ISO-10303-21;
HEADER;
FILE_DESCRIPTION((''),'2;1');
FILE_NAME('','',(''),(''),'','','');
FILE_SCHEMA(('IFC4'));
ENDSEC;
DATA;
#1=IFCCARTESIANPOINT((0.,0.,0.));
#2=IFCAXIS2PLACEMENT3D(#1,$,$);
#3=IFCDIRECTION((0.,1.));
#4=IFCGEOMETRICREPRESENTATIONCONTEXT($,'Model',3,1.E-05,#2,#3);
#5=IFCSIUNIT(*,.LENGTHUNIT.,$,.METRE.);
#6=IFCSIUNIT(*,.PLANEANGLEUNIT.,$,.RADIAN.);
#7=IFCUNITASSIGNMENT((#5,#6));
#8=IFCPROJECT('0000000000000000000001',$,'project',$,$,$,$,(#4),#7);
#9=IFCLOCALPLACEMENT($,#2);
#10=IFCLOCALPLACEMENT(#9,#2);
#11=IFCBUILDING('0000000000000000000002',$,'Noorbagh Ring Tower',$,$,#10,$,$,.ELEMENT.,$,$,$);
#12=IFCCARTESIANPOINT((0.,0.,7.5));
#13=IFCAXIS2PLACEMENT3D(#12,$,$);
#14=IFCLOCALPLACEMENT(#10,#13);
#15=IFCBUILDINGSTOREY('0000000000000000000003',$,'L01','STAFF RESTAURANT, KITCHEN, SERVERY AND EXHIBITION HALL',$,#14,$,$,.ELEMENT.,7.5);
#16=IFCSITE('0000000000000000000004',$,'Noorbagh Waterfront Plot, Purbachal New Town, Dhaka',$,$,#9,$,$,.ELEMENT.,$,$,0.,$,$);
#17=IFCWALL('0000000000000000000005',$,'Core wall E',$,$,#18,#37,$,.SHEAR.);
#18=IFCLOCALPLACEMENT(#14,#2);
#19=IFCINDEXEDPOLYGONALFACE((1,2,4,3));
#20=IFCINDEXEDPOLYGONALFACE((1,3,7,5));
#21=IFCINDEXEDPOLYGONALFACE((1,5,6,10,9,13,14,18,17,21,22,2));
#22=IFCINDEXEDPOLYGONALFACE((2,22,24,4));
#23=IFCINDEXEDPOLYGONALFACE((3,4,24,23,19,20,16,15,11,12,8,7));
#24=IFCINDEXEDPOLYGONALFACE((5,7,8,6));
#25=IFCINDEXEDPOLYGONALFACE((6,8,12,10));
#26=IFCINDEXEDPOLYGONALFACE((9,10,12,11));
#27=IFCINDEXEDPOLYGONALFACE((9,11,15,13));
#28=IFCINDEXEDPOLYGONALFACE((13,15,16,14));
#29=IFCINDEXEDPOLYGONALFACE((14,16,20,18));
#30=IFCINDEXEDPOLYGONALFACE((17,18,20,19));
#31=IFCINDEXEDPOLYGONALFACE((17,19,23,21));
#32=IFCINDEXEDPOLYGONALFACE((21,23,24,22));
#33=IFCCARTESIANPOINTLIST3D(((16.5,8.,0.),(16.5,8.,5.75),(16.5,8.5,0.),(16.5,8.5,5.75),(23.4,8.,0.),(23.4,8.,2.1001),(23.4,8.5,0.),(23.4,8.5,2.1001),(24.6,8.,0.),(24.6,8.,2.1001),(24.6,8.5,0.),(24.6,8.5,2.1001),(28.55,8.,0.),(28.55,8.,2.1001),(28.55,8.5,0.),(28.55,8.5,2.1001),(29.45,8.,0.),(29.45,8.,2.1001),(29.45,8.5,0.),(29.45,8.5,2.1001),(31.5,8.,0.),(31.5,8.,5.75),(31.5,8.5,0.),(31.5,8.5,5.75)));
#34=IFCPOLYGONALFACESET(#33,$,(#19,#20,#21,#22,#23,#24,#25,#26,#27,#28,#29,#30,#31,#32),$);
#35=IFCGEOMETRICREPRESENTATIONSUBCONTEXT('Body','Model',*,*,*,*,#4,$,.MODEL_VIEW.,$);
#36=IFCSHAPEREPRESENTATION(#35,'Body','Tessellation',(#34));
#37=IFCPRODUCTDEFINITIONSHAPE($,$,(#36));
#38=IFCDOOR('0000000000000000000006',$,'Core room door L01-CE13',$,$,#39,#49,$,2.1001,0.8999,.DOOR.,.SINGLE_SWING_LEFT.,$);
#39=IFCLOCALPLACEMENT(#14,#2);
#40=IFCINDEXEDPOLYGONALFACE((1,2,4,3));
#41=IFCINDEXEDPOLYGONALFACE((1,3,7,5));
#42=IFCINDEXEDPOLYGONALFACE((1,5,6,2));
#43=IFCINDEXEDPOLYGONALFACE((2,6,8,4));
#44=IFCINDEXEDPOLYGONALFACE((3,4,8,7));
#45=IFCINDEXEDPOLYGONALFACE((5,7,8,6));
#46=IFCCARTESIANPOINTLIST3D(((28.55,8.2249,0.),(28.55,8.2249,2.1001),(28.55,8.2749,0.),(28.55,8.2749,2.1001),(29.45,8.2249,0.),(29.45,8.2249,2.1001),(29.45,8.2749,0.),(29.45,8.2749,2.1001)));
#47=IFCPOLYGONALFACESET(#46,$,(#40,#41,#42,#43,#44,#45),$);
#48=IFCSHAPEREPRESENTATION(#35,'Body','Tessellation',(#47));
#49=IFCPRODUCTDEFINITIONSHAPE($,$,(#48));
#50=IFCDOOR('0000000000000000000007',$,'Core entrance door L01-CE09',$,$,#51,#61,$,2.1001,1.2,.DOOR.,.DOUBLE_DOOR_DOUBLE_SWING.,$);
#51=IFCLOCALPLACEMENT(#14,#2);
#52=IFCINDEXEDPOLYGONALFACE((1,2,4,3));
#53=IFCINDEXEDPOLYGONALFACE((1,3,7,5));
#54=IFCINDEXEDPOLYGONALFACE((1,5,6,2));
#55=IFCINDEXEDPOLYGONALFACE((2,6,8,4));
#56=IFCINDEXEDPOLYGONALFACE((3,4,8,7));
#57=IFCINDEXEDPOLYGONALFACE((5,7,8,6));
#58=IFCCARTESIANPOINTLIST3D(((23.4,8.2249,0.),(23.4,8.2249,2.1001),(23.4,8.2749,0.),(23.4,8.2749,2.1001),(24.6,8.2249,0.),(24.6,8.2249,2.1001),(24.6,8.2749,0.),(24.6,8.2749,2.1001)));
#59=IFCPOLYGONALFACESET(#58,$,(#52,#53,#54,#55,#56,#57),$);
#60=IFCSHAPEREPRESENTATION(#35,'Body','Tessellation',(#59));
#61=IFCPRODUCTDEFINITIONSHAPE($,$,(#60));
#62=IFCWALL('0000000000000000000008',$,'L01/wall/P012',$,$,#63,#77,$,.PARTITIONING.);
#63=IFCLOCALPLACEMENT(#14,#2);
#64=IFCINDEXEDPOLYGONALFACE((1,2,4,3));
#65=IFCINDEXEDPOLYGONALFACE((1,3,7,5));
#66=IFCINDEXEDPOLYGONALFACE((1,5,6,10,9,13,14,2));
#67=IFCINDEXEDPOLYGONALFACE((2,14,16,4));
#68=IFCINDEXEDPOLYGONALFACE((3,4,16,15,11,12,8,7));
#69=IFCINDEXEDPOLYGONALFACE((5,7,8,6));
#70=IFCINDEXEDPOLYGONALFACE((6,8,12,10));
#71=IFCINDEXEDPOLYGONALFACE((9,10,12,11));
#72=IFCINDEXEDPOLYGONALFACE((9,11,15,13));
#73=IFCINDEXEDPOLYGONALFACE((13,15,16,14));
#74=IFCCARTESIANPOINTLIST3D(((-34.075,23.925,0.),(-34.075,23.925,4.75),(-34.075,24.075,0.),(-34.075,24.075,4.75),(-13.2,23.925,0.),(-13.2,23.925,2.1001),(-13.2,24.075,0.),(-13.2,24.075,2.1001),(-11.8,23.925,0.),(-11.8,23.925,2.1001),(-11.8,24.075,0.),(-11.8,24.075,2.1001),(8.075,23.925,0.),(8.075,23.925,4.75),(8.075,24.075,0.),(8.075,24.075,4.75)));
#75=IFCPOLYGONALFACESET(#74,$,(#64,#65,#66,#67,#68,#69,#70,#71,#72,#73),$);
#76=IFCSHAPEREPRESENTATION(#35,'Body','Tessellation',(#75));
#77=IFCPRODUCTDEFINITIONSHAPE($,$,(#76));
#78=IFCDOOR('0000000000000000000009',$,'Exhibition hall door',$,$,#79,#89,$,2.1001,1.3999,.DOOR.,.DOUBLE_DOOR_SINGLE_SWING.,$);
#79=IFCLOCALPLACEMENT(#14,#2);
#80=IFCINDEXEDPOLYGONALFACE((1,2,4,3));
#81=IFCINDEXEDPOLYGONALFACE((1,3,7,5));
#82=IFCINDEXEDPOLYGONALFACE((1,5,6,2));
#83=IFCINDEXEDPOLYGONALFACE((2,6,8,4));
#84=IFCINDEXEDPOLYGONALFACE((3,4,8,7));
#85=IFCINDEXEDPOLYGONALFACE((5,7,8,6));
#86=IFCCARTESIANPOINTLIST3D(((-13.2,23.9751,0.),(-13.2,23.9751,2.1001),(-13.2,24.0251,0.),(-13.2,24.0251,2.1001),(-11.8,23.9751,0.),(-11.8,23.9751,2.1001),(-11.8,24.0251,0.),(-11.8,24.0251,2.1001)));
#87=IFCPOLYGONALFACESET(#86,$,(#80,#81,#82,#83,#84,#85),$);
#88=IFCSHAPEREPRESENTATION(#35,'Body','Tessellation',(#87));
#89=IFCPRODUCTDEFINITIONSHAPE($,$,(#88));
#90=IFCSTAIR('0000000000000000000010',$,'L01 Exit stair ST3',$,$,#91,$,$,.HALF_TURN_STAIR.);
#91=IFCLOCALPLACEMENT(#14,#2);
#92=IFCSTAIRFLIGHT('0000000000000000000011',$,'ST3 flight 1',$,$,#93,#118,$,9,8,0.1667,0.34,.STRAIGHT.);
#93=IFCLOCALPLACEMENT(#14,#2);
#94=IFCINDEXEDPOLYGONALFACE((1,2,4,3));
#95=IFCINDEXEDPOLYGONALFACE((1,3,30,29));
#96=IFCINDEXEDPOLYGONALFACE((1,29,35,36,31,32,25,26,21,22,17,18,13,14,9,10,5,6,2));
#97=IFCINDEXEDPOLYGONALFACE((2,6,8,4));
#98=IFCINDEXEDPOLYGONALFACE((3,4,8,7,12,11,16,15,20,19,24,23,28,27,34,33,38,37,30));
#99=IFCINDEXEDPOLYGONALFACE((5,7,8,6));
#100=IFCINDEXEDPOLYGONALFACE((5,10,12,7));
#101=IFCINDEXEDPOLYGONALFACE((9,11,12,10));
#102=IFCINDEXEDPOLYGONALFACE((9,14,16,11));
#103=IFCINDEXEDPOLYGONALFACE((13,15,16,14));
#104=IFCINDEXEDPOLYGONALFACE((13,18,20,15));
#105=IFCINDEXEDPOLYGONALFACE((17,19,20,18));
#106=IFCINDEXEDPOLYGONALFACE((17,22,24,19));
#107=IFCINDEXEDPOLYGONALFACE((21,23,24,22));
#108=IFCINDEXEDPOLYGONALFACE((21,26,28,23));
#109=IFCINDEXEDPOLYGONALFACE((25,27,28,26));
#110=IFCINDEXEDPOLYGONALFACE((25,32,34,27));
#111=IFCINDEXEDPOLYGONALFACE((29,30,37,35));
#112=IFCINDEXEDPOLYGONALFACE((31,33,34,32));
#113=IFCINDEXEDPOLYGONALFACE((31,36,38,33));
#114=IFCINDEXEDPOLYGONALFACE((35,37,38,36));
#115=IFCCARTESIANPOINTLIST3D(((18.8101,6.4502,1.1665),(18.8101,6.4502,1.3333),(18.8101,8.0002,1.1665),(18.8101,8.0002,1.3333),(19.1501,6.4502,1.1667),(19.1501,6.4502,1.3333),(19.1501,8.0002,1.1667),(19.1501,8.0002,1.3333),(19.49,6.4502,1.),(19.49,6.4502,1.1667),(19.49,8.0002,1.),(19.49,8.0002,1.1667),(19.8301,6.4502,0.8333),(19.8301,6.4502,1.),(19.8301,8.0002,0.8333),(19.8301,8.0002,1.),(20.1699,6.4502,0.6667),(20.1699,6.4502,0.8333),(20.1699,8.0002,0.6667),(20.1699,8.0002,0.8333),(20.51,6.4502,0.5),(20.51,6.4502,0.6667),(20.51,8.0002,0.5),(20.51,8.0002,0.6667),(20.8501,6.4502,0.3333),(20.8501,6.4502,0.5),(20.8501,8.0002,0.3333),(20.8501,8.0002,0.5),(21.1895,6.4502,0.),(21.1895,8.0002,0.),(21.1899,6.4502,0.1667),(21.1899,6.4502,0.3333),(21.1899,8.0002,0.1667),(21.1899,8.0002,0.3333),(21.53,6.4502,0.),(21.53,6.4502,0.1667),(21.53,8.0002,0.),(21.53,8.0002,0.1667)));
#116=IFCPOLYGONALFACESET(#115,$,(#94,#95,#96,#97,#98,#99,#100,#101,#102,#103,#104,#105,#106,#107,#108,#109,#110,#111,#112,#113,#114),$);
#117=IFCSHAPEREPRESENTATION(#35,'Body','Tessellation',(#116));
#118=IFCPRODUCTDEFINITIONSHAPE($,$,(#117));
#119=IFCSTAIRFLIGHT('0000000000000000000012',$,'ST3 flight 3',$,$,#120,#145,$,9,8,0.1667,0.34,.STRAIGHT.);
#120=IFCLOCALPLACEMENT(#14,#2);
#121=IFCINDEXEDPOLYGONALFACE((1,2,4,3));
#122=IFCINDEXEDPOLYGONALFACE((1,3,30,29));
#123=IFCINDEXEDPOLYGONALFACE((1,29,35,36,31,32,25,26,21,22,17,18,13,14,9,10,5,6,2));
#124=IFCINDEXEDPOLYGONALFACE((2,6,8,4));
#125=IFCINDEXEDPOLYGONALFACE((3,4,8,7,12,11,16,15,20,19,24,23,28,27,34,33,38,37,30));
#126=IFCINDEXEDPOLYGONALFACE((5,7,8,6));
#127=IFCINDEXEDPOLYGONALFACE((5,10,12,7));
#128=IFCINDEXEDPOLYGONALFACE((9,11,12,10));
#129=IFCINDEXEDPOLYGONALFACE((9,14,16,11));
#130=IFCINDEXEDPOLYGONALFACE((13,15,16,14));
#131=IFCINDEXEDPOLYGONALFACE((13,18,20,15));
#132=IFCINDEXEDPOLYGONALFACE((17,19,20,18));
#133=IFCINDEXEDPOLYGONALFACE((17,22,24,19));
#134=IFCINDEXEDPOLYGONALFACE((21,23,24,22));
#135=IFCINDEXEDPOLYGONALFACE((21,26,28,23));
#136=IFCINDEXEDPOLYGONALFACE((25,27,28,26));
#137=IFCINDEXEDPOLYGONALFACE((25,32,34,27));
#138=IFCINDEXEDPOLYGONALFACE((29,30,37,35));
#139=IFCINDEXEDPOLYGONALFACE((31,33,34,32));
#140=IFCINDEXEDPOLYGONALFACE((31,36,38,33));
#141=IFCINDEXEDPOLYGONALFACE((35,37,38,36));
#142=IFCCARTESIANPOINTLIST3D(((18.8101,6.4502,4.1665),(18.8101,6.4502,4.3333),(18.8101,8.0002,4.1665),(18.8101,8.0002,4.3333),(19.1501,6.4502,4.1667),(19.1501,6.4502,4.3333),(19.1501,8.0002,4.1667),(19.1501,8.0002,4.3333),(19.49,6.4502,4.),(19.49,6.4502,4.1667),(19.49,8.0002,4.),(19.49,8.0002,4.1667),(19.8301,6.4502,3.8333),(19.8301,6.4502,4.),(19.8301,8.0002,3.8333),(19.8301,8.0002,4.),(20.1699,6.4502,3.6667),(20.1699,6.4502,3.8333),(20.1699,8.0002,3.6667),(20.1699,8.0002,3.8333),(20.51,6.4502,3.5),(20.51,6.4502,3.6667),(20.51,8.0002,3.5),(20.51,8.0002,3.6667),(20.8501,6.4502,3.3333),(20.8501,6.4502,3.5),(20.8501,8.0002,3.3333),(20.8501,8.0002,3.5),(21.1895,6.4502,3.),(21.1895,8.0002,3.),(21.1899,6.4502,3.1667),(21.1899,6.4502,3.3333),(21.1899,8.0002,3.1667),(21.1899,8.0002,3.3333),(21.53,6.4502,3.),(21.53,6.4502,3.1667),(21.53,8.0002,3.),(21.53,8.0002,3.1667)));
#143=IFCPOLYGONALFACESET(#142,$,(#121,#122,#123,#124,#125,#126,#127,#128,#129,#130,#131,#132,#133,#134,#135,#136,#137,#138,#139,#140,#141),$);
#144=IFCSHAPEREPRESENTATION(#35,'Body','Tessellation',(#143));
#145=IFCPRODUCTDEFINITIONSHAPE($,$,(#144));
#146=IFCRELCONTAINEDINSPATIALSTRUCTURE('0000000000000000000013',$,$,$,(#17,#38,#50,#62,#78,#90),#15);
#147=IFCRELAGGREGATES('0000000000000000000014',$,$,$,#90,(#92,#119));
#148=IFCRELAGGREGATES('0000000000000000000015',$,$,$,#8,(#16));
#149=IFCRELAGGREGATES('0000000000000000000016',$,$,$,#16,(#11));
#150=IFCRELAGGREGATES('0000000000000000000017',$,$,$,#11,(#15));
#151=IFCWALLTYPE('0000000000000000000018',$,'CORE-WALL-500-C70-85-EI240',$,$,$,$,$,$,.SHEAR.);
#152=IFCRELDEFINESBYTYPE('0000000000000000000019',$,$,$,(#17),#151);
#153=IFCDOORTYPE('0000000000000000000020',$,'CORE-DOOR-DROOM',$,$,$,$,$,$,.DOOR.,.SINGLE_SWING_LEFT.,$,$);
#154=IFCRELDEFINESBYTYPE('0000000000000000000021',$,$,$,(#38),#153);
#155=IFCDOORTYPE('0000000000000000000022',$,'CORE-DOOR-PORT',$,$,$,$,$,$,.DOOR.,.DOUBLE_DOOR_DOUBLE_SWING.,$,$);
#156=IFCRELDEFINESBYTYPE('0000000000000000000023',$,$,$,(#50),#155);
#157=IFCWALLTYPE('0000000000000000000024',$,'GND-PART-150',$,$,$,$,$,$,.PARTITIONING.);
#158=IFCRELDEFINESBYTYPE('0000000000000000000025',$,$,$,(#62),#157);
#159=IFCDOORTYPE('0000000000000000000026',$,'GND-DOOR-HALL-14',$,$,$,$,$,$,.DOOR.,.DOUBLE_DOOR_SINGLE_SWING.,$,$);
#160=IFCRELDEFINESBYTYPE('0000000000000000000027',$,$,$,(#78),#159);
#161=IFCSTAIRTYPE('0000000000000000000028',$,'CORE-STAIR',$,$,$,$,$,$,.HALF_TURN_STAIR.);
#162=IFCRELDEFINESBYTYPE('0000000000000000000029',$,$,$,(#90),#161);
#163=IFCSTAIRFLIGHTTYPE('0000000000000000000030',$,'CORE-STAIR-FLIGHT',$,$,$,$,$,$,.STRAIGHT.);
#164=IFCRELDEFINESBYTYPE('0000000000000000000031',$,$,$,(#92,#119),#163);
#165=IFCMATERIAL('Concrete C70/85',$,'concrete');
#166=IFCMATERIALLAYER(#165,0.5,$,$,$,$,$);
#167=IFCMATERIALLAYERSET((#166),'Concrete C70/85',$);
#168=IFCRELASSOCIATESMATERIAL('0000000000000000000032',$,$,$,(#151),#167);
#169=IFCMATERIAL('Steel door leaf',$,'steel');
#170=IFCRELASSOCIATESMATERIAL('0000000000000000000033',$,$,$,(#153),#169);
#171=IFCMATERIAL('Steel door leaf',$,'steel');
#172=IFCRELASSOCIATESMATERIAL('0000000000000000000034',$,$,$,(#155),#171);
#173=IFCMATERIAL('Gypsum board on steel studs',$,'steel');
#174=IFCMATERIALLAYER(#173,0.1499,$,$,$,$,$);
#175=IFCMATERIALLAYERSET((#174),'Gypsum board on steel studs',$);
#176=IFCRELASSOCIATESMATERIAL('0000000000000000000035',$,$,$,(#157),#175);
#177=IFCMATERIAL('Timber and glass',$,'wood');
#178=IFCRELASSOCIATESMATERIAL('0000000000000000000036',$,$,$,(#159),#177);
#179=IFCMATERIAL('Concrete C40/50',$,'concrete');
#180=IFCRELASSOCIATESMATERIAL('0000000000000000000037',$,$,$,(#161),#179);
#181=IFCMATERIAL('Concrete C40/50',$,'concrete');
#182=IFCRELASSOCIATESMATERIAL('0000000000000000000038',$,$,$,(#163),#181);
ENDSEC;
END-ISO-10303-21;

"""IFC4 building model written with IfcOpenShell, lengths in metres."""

from ifc_helpers import new_model, si_unit, direction, frame, frame_2d, origin, place, context, subcontext, project, spatial, polyline, rectangle, outline, extrude, material, layer, layer_set, type_object, element, fill, aggregate, save


model = new_model("IFC4")

# Units and contexts
model_context = context("Model", 3, precision=1e-05, world=origin(), true_north=direction((0.0, 1.0)))
body_context = subcontext(model_context, "Body", "Model", "MODEL_VIEW")
ifc_project = project(units=[si_unit("LENGTHUNIT", "METRE"), si_unit("PLANEANGLEUNIT", "RADIAN")], contexts=[model_context])

# Site, building, storey
site_placement = place(None, origin())
site = spatial("IfcSite", under=ifc_project, at=site_placement, Name="Noorbagh Waterfront Plot, Purbachal New Town, Dhaka", CompositionType="ELEMENT", RefElevation=0.0)
building_placement = place(site_placement, origin())
building = spatial("IfcBuilding", under=site, at=building_placement, Name="Noorbagh Ring Tower", CompositionType="ELEMENT")
storey_placement = place(building_placement, frame((0.0, 0.0, 7.5)))
storey = spatial("IfcBuildingStorey", under=building, at=storey_placement, Name="L01", Description="STAFF RESTAURANT, KITCHEN, SERVERY AND EXHIBITION HALL", CompositionType="ELEMENT", Elevation=7.5)

# Wall, openings, doors
ifc_material_1 = material(Name="Concrete C70/85", Category="concrete")
ifc_layer_1 = layer(ifc_material_1, 0.5)
ifc_layer_set_1 = layer_set([ifc_layer_1], Name="Concrete C70/85")
wall_type_1 = type_object("IfcWallType", Name="CORE-WALL-500-C70-85-EI240", PredefinedType="SHEAR", material=ifc_layer_set_1)
wall_1_placement = place(storey_placement, frame((16.5, 8.25, 0.0), z_axis=(0.0, 0.0, 1.0), x_axis=(1.0, 0.0, 0.0)))
wall_1 = element("IfcWall", 1, at=wall_1_placement, inside=storey, type_object=wall_type_1, Name="Core wall E", PredefinedType="SHEAR", context=body_context, shape_type="SweptSolid", body=[
    extrude(rectangle(XDim=15.0, YDim=0.5, at=frame_2d((7.5, 0.0))), origin(), (0.0, 0.0, 1.0), 5.75),
])
opening_1_placement = place(wall_1_placement, frame((6.8999, 0.0, 0.0)))
opening_1 = element("IfcOpeningElement", 2, at=opening_1_placement, cuts=wall_1, PredefinedType="OPENING", context=body_context, shape_type="SweptSolid", body=[
    extrude(rectangle(XDim=1.2, YDim=2.1001, at=frame_2d((0.6001, 1.05))), frame((0.0, 0.26, 0.0), z_axis=(0.0, -1.0, 0.0), x_axis=(1.0, 0.0, 0.0)), (0.0, 0.0, 1.0), 0.52),
])
opening_2_placement = place(wall_1_placement, frame((12.05, 0.0, 0.0)))
opening_2 = element("IfcOpeningElement", 3, at=opening_2_placement, cuts=wall_1, PredefinedType="OPENING", context=body_context, shape_type="SweptSolid", body=[
    extrude(rectangle(XDim=0.8999, YDim=2.1001, at=frame_2d((0.45, 1.05))), frame((0.0, 0.26, 0.0), z_axis=(0.0, -1.0, 0.0), x_axis=(1.0, 0.0, 0.0)), (0.0, 0.0, 1.0), 0.52),
])
ifc_material_2 = material(Name="Steel door leaf", Category="steel")
door_type_1 = type_object("IfcDoorType", Name="CORE-DOOR-DROOM", OperationType="SINGLE_SWING_LEFT", PredefinedType="DOOR", material=ifc_material_2)
door_1_placement = place(opening_2_placement, origin())
door_1 = element("IfcDoor", 4, at=door_1_placement, inside=storey, type_object=door_type_1, Name="Core room door L01-CE13", OperationType="SINGLE_SWING_LEFT", OverallHeight=2.1001, OverallWidth=0.8999, PredefinedType="DOOR", context=body_context, shape_type="SweptSolid", body=[
    extrude(rectangle(XDim=0.8999, YDim=2.1001, at=frame_2d((0.45, 1.05))), frame((0.0, 0.0249, 0.0), z_axis=(0.0, -1.0, 0.0), x_axis=(1.0, 0.0, 0.0)), (0.0, 0.0, 1.0), 0.05),
])
fill(opening_2, door_1)
ifc_material_3 = material(Name="Steel door leaf", Category="steel")
door_type_2 = type_object("IfcDoorType", Name="CORE-DOOR-PORT", OperationType="DOUBLE_DOOR_DOUBLE_SWING", PredefinedType="DOOR", material=ifc_material_3)
door_2_placement = place(opening_1_placement, origin())
door_2 = element("IfcDoor", 5, at=door_2_placement, inside=storey, type_object=door_type_2, Name="Core entrance door L01-CE09", OperationType="DOUBLE_DOOR_DOUBLE_SWING", OverallHeight=2.1001, OverallWidth=1.2, PredefinedType="DOOR", context=body_context, shape_type="SweptSolid", body=[
    extrude(rectangle(XDim=1.2, YDim=2.1001, at=frame_2d((0.6001, 1.05))), frame((0.0, 0.0249, 0.0), z_axis=(0.0, -1.0, 0.0), x_axis=(1.0, 0.0, 0.0)), (0.0, 0.0, 1.0), 0.05),
])
fill(opening_1, door_2)

# Wall, opening, door
ifc_material_4 = material(Name="Gypsum board on steel studs", Category="steel")
ifc_layer_2 = layer(ifc_material_4, 0.1499)
ifc_layer_set_2 = layer_set([ifc_layer_2], Name="Gypsum board on steel studs")
wall_type_2 = type_object("IfcWallType", Name="GND-PART-150", PredefinedType="PARTITIONING", material=ifc_layer_set_2)
wall_2_placement = place(storey_placement, frame((8.075, 24.0, 0.0), z_axis=(0.0, 0.0, 1.0), x_axis=(-1.0, 0.0, 0.0)))
wall_2 = element("IfcWall", 6, at=wall_2_placement, inside=storey, type_object=wall_type_2, Name="L01/wall/P012", PredefinedType="PARTITIONING", context=body_context, shape_type="SweptSolid", body=[
    extrude(rectangle(XDim=42.1499, YDim=0.1499, at=frame_2d((21.075, 0.0))), origin(), (0.0, 0.0, 1.0), 4.75),
])
opening_3_placement = place(wall_2_placement, frame((19.875, 0.0, 0.0)))
opening_3 = element("IfcOpeningElement", 7, at=opening_3_placement, cuts=wall_2, PredefinedType="OPENING", context=body_context, shape_type="SweptSolid", body=[
    extrude(rectangle(XDim=1.3999, YDim=2.1001, at=frame_2d((0.7, 1.05))), frame((0.0, 0.085, 0.0), z_axis=(0.0, -1.0, 0.0), x_axis=(1.0, 0.0, 0.0)), (0.0, 0.0, 1.0), 0.1699),
])
ifc_material_5 = material(Name="Timber and glass", Category="wood")
door_type_3 = type_object("IfcDoorType", Name="GND-DOOR-HALL-14", OperationType="DOUBLE_DOOR_SINGLE_SWING", PredefinedType="DOOR", material=ifc_material_5)
door_3_placement = place(opening_3_placement, origin())
door_3 = element("IfcDoor", 8, at=door_3_placement, inside=storey, type_object=door_type_3, Name="Exhibition hall door", OperationType="DOUBLE_DOOR_SINGLE_SWING", OverallHeight=2.1001, OverallWidth=1.3999, PredefinedType="DOOR", context=body_context, shape_type="SweptSolid", body=[
    extrude(rectangle(XDim=1.3999, YDim=2.1001, at=frame_2d((0.7, 1.05))), frame((0.0, 0.0249, 0.0), z_axis=(0.0, -1.0, 0.0), x_axis=(1.0, 0.0, 0.0)), (0.0, 0.0, 1.0), 0.05),
])
fill(opening_3, door_3)

# Stair, stair flights
ifc_material_6 = material(Name="Concrete C40/50", Category="concrete")
stair_type = type_object("IfcStairType", Name="CORE-STAIR", PredefinedType="HALF_TURN_STAIR", material=ifc_material_6)
stair_placement = place(storey_placement, origin())
stair = element("IfcStair", 9, at=stair_placement, inside=storey, type_object=stair_type, Name="L01 Exit stair ST3", PredefinedType="HALF_TURN_STAIR")
ifc_material_7 = material(Name="Concrete C40/50", Category="concrete")
stair_flight_type = type_object("IfcStairFlightType", Name="CORE-STAIR-FLIGHT", PredefinedType="STRAIGHT", material=ifc_material_7)
stair_flight_1_placement = place(storey_placement, frame((21.53, 7.2251, 0.0), z_axis=(0.0, 0.0, 1.0), x_axis=(-1.0, 0.0, 0.0)))
stair_flight_1 = element("IfcStairFlight", 10, at=stair_flight_1_placement, type_object=stair_flight_type, Name="ST3 flight 1", NumberOfRisers=9, NumberOfTreads=8, PredefinedType="STRAIGHT", RiserHeight=0.1667, TreadLength=0.34, context=body_context, shape_type="SweptSolid", body=[
    extrude(outline(polyline([(0.0, 0.0), (0.0, 0.1667), (0.3401, 0.1667), (0.3401, 0.3333), (0.6799, 0.3333), (0.6799, 0.5), (1.02, 0.5), (1.02, 0.6667), (1.3601, 0.6667), (1.3601, 0.8333), (1.7, 0.8333), (1.7, 1.0), (2.04, 1.0), (2.04, 1.1667), (2.3799, 1.1667), (2.3799, 1.3333), (2.72, 1.3333), (2.72, 1.5), (2.72, 1.1665), (0.3406, 0.0), (0.0, 0.0)])), frame((0.0, 0.7749, 0.0), z_axis=(0.0, -1.0, 0.0), x_axis=(1.0, 0.0, 0.0)), (0.0, 0.0, 1.0), 1.55),
])
stair_flight_2_placement = place(storey_placement, frame((21.53, 7.2251, 3.0), z_axis=(0.0, 0.0, 1.0), x_axis=(-1.0, 0.0, 0.0)))
stair_flight_2 = element("IfcStairFlight", 11, at=stair_flight_2_placement, type_object=stair_flight_type, Name="ST3 flight 3", NumberOfRisers=9, NumberOfTreads=8, PredefinedType="STRAIGHT", RiserHeight=0.1667, TreadLength=0.34, context=body_context, shape_type="SweptSolid", body=[
    extrude(outline(polyline([(0.0, 0.0), (0.0, 0.1667), (0.3401, 0.1667), (0.3401, 0.3333), (0.6799, 0.3333), (0.6799, 0.5), (1.02, 0.5), (1.02, 0.6667), (1.3601, 0.6667), (1.3601, 0.8333), (1.7, 0.8333), (1.7, 1.0), (2.04, 1.0), (2.04, 1.1667), (2.3799, 1.1667), (2.3799, 1.3333), (2.72, 1.3333), (2.72, 1.5), (2.72, 1.1665), (0.3406, 0.0), (0.0, 0.0)])), frame((0.0, 0.7749, 0.0), z_axis=(0.0, -1.0, 0.0), x_axis=(1.0, 0.0, 0.0)), (0.0, 0.0, 1.0), 1.55),
])
aggregate(stair, [stair_flight_1, stair_flight_2])

save(model, "model.ifc")
